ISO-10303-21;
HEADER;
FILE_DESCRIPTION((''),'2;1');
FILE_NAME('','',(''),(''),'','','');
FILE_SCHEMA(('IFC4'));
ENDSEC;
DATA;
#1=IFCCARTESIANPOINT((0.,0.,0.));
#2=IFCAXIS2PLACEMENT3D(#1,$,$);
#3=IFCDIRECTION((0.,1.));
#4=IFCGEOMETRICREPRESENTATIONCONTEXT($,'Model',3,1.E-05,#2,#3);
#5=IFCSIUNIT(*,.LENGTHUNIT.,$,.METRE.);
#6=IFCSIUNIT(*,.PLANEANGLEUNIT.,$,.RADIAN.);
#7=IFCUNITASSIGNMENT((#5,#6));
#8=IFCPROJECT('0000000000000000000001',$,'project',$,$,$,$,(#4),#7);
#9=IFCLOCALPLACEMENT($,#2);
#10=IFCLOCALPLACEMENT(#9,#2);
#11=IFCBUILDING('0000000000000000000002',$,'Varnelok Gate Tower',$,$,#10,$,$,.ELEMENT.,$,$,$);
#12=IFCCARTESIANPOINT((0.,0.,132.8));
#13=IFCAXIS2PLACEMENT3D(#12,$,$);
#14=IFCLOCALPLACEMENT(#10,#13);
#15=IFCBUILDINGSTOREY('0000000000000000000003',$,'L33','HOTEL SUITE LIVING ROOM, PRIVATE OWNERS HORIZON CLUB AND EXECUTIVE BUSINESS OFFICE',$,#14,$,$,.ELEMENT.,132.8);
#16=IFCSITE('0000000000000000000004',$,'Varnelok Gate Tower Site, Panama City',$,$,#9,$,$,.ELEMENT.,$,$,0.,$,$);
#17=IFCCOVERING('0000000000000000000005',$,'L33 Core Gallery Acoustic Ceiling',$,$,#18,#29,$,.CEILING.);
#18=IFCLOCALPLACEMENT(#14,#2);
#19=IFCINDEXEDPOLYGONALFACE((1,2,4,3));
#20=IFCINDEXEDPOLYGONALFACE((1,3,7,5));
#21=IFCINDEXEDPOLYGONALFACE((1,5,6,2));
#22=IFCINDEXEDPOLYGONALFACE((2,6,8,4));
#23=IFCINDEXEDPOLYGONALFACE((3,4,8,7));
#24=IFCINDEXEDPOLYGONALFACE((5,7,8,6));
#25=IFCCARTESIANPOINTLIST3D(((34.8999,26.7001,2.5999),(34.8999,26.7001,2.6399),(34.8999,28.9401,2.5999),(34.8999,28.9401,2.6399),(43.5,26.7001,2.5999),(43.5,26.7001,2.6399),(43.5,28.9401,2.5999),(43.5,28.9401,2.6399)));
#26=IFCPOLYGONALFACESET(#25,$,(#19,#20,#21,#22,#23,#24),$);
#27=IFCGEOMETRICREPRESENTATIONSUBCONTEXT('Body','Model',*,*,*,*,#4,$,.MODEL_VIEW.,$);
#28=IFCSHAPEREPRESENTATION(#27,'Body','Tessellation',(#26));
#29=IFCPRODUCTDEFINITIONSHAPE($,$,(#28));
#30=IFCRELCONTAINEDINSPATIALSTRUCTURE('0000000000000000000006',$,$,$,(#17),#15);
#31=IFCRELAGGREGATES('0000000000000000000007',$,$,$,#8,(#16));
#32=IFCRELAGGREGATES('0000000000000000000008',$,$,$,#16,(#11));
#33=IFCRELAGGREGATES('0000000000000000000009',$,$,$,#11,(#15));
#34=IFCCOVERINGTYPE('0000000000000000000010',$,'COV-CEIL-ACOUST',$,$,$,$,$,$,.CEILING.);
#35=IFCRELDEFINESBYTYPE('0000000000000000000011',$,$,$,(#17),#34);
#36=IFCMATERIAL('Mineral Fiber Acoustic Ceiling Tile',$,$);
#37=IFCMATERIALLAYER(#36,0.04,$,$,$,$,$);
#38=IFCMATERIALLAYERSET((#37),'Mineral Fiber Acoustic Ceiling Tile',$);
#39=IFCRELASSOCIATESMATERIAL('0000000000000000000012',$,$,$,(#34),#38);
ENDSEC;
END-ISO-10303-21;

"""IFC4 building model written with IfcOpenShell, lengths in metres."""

from ifc_helpers import new_model, si_unit, direction, frame, origin, origin_2d, place, context, subcontext, project, spatial, rectangle, extrude, source, transform, mapped, material, layer, layer_set, type_object, element, save


model = new_model("IFC4")

# Units and contexts
model_context = context("Model", 3, precision=1e-05, world=origin(), true_north=direction((0.0, 1.0)))
body_context = subcontext(model_context, "Body", "Model", "MODEL_VIEW")
ifc_project = project(units=[si_unit("LENGTHUNIT", "METRE"), si_unit("PLANEANGLEUNIT", "RADIAN")], contexts=[model_context])

# Site, building, storey
site_placement = place(None, origin())
site = spatial("IfcSite", under=ifc_project, at=site_placement, Name="Varnelok Gate Tower Site, Panama City", CompositionType="ELEMENT", RefElevation=0.0)
building_placement = place(site_placement, origin())
building = spatial("IfcBuilding", under=site, at=building_placement, Name="Varnelok Gate Tower", CompositionType="ELEMENT")
storey_placement = place(building_placement, frame((0.0, 0.0, 132.8)))
storey = spatial("IfcBuildingStorey", under=building, at=storey_placement, Name="L33", Description="HOTEL SUITE LIVING ROOM, PRIVATE OWNERS HORIZON CLUB AND EXECUTIVE BUSINESS OFFICE", CompositionType="ELEMENT", Elevation=132.8)

# Covering
ifc_material_1 = material(Name="Mineral Fiber Acoustic Ceiling Tile")
ifc_layer_1 = layer(ifc_material_1, 0.04)
ifc_layer_set_1 = layer_set([ifc_layer_1], Name="Mineral Fiber Acoustic Ceiling Tile")
covering_type_1 = type_object("IfcCoveringType", Name="COV-CEIL-ACOUST", PredefinedType="CEILING", material=ifc_layer_set_1)
shared_shape_1 = source(origin(), body_context, "Body", "SweptSolid", [
    extrude(rectangle(XDim=8.6001, YDim=2.24, at=origin_2d()), origin(), (0.0, 0.0, 1.0), 0.04),
])
covering_1_placement = place(storey_placement, frame((39.2, 27.8201, 2.5999), z_axis=(0.0, 0.0, 1.0), x_axis=(1.0, 0.0, 0.0)))
element("IfcCovering", 1, at=covering_1_placement, inside=storey, type_object=covering_type_1, Name="L33 Core Gallery Acoustic Ceiling", PredefinedType="CEILING", context=body_context, shape_type="MappedRepresentation", body=[
    mapped(shared_shape_1, transform((0.0, 0.0, 0.0), scale=1.0)),
])

save(model, "model.ifc")
